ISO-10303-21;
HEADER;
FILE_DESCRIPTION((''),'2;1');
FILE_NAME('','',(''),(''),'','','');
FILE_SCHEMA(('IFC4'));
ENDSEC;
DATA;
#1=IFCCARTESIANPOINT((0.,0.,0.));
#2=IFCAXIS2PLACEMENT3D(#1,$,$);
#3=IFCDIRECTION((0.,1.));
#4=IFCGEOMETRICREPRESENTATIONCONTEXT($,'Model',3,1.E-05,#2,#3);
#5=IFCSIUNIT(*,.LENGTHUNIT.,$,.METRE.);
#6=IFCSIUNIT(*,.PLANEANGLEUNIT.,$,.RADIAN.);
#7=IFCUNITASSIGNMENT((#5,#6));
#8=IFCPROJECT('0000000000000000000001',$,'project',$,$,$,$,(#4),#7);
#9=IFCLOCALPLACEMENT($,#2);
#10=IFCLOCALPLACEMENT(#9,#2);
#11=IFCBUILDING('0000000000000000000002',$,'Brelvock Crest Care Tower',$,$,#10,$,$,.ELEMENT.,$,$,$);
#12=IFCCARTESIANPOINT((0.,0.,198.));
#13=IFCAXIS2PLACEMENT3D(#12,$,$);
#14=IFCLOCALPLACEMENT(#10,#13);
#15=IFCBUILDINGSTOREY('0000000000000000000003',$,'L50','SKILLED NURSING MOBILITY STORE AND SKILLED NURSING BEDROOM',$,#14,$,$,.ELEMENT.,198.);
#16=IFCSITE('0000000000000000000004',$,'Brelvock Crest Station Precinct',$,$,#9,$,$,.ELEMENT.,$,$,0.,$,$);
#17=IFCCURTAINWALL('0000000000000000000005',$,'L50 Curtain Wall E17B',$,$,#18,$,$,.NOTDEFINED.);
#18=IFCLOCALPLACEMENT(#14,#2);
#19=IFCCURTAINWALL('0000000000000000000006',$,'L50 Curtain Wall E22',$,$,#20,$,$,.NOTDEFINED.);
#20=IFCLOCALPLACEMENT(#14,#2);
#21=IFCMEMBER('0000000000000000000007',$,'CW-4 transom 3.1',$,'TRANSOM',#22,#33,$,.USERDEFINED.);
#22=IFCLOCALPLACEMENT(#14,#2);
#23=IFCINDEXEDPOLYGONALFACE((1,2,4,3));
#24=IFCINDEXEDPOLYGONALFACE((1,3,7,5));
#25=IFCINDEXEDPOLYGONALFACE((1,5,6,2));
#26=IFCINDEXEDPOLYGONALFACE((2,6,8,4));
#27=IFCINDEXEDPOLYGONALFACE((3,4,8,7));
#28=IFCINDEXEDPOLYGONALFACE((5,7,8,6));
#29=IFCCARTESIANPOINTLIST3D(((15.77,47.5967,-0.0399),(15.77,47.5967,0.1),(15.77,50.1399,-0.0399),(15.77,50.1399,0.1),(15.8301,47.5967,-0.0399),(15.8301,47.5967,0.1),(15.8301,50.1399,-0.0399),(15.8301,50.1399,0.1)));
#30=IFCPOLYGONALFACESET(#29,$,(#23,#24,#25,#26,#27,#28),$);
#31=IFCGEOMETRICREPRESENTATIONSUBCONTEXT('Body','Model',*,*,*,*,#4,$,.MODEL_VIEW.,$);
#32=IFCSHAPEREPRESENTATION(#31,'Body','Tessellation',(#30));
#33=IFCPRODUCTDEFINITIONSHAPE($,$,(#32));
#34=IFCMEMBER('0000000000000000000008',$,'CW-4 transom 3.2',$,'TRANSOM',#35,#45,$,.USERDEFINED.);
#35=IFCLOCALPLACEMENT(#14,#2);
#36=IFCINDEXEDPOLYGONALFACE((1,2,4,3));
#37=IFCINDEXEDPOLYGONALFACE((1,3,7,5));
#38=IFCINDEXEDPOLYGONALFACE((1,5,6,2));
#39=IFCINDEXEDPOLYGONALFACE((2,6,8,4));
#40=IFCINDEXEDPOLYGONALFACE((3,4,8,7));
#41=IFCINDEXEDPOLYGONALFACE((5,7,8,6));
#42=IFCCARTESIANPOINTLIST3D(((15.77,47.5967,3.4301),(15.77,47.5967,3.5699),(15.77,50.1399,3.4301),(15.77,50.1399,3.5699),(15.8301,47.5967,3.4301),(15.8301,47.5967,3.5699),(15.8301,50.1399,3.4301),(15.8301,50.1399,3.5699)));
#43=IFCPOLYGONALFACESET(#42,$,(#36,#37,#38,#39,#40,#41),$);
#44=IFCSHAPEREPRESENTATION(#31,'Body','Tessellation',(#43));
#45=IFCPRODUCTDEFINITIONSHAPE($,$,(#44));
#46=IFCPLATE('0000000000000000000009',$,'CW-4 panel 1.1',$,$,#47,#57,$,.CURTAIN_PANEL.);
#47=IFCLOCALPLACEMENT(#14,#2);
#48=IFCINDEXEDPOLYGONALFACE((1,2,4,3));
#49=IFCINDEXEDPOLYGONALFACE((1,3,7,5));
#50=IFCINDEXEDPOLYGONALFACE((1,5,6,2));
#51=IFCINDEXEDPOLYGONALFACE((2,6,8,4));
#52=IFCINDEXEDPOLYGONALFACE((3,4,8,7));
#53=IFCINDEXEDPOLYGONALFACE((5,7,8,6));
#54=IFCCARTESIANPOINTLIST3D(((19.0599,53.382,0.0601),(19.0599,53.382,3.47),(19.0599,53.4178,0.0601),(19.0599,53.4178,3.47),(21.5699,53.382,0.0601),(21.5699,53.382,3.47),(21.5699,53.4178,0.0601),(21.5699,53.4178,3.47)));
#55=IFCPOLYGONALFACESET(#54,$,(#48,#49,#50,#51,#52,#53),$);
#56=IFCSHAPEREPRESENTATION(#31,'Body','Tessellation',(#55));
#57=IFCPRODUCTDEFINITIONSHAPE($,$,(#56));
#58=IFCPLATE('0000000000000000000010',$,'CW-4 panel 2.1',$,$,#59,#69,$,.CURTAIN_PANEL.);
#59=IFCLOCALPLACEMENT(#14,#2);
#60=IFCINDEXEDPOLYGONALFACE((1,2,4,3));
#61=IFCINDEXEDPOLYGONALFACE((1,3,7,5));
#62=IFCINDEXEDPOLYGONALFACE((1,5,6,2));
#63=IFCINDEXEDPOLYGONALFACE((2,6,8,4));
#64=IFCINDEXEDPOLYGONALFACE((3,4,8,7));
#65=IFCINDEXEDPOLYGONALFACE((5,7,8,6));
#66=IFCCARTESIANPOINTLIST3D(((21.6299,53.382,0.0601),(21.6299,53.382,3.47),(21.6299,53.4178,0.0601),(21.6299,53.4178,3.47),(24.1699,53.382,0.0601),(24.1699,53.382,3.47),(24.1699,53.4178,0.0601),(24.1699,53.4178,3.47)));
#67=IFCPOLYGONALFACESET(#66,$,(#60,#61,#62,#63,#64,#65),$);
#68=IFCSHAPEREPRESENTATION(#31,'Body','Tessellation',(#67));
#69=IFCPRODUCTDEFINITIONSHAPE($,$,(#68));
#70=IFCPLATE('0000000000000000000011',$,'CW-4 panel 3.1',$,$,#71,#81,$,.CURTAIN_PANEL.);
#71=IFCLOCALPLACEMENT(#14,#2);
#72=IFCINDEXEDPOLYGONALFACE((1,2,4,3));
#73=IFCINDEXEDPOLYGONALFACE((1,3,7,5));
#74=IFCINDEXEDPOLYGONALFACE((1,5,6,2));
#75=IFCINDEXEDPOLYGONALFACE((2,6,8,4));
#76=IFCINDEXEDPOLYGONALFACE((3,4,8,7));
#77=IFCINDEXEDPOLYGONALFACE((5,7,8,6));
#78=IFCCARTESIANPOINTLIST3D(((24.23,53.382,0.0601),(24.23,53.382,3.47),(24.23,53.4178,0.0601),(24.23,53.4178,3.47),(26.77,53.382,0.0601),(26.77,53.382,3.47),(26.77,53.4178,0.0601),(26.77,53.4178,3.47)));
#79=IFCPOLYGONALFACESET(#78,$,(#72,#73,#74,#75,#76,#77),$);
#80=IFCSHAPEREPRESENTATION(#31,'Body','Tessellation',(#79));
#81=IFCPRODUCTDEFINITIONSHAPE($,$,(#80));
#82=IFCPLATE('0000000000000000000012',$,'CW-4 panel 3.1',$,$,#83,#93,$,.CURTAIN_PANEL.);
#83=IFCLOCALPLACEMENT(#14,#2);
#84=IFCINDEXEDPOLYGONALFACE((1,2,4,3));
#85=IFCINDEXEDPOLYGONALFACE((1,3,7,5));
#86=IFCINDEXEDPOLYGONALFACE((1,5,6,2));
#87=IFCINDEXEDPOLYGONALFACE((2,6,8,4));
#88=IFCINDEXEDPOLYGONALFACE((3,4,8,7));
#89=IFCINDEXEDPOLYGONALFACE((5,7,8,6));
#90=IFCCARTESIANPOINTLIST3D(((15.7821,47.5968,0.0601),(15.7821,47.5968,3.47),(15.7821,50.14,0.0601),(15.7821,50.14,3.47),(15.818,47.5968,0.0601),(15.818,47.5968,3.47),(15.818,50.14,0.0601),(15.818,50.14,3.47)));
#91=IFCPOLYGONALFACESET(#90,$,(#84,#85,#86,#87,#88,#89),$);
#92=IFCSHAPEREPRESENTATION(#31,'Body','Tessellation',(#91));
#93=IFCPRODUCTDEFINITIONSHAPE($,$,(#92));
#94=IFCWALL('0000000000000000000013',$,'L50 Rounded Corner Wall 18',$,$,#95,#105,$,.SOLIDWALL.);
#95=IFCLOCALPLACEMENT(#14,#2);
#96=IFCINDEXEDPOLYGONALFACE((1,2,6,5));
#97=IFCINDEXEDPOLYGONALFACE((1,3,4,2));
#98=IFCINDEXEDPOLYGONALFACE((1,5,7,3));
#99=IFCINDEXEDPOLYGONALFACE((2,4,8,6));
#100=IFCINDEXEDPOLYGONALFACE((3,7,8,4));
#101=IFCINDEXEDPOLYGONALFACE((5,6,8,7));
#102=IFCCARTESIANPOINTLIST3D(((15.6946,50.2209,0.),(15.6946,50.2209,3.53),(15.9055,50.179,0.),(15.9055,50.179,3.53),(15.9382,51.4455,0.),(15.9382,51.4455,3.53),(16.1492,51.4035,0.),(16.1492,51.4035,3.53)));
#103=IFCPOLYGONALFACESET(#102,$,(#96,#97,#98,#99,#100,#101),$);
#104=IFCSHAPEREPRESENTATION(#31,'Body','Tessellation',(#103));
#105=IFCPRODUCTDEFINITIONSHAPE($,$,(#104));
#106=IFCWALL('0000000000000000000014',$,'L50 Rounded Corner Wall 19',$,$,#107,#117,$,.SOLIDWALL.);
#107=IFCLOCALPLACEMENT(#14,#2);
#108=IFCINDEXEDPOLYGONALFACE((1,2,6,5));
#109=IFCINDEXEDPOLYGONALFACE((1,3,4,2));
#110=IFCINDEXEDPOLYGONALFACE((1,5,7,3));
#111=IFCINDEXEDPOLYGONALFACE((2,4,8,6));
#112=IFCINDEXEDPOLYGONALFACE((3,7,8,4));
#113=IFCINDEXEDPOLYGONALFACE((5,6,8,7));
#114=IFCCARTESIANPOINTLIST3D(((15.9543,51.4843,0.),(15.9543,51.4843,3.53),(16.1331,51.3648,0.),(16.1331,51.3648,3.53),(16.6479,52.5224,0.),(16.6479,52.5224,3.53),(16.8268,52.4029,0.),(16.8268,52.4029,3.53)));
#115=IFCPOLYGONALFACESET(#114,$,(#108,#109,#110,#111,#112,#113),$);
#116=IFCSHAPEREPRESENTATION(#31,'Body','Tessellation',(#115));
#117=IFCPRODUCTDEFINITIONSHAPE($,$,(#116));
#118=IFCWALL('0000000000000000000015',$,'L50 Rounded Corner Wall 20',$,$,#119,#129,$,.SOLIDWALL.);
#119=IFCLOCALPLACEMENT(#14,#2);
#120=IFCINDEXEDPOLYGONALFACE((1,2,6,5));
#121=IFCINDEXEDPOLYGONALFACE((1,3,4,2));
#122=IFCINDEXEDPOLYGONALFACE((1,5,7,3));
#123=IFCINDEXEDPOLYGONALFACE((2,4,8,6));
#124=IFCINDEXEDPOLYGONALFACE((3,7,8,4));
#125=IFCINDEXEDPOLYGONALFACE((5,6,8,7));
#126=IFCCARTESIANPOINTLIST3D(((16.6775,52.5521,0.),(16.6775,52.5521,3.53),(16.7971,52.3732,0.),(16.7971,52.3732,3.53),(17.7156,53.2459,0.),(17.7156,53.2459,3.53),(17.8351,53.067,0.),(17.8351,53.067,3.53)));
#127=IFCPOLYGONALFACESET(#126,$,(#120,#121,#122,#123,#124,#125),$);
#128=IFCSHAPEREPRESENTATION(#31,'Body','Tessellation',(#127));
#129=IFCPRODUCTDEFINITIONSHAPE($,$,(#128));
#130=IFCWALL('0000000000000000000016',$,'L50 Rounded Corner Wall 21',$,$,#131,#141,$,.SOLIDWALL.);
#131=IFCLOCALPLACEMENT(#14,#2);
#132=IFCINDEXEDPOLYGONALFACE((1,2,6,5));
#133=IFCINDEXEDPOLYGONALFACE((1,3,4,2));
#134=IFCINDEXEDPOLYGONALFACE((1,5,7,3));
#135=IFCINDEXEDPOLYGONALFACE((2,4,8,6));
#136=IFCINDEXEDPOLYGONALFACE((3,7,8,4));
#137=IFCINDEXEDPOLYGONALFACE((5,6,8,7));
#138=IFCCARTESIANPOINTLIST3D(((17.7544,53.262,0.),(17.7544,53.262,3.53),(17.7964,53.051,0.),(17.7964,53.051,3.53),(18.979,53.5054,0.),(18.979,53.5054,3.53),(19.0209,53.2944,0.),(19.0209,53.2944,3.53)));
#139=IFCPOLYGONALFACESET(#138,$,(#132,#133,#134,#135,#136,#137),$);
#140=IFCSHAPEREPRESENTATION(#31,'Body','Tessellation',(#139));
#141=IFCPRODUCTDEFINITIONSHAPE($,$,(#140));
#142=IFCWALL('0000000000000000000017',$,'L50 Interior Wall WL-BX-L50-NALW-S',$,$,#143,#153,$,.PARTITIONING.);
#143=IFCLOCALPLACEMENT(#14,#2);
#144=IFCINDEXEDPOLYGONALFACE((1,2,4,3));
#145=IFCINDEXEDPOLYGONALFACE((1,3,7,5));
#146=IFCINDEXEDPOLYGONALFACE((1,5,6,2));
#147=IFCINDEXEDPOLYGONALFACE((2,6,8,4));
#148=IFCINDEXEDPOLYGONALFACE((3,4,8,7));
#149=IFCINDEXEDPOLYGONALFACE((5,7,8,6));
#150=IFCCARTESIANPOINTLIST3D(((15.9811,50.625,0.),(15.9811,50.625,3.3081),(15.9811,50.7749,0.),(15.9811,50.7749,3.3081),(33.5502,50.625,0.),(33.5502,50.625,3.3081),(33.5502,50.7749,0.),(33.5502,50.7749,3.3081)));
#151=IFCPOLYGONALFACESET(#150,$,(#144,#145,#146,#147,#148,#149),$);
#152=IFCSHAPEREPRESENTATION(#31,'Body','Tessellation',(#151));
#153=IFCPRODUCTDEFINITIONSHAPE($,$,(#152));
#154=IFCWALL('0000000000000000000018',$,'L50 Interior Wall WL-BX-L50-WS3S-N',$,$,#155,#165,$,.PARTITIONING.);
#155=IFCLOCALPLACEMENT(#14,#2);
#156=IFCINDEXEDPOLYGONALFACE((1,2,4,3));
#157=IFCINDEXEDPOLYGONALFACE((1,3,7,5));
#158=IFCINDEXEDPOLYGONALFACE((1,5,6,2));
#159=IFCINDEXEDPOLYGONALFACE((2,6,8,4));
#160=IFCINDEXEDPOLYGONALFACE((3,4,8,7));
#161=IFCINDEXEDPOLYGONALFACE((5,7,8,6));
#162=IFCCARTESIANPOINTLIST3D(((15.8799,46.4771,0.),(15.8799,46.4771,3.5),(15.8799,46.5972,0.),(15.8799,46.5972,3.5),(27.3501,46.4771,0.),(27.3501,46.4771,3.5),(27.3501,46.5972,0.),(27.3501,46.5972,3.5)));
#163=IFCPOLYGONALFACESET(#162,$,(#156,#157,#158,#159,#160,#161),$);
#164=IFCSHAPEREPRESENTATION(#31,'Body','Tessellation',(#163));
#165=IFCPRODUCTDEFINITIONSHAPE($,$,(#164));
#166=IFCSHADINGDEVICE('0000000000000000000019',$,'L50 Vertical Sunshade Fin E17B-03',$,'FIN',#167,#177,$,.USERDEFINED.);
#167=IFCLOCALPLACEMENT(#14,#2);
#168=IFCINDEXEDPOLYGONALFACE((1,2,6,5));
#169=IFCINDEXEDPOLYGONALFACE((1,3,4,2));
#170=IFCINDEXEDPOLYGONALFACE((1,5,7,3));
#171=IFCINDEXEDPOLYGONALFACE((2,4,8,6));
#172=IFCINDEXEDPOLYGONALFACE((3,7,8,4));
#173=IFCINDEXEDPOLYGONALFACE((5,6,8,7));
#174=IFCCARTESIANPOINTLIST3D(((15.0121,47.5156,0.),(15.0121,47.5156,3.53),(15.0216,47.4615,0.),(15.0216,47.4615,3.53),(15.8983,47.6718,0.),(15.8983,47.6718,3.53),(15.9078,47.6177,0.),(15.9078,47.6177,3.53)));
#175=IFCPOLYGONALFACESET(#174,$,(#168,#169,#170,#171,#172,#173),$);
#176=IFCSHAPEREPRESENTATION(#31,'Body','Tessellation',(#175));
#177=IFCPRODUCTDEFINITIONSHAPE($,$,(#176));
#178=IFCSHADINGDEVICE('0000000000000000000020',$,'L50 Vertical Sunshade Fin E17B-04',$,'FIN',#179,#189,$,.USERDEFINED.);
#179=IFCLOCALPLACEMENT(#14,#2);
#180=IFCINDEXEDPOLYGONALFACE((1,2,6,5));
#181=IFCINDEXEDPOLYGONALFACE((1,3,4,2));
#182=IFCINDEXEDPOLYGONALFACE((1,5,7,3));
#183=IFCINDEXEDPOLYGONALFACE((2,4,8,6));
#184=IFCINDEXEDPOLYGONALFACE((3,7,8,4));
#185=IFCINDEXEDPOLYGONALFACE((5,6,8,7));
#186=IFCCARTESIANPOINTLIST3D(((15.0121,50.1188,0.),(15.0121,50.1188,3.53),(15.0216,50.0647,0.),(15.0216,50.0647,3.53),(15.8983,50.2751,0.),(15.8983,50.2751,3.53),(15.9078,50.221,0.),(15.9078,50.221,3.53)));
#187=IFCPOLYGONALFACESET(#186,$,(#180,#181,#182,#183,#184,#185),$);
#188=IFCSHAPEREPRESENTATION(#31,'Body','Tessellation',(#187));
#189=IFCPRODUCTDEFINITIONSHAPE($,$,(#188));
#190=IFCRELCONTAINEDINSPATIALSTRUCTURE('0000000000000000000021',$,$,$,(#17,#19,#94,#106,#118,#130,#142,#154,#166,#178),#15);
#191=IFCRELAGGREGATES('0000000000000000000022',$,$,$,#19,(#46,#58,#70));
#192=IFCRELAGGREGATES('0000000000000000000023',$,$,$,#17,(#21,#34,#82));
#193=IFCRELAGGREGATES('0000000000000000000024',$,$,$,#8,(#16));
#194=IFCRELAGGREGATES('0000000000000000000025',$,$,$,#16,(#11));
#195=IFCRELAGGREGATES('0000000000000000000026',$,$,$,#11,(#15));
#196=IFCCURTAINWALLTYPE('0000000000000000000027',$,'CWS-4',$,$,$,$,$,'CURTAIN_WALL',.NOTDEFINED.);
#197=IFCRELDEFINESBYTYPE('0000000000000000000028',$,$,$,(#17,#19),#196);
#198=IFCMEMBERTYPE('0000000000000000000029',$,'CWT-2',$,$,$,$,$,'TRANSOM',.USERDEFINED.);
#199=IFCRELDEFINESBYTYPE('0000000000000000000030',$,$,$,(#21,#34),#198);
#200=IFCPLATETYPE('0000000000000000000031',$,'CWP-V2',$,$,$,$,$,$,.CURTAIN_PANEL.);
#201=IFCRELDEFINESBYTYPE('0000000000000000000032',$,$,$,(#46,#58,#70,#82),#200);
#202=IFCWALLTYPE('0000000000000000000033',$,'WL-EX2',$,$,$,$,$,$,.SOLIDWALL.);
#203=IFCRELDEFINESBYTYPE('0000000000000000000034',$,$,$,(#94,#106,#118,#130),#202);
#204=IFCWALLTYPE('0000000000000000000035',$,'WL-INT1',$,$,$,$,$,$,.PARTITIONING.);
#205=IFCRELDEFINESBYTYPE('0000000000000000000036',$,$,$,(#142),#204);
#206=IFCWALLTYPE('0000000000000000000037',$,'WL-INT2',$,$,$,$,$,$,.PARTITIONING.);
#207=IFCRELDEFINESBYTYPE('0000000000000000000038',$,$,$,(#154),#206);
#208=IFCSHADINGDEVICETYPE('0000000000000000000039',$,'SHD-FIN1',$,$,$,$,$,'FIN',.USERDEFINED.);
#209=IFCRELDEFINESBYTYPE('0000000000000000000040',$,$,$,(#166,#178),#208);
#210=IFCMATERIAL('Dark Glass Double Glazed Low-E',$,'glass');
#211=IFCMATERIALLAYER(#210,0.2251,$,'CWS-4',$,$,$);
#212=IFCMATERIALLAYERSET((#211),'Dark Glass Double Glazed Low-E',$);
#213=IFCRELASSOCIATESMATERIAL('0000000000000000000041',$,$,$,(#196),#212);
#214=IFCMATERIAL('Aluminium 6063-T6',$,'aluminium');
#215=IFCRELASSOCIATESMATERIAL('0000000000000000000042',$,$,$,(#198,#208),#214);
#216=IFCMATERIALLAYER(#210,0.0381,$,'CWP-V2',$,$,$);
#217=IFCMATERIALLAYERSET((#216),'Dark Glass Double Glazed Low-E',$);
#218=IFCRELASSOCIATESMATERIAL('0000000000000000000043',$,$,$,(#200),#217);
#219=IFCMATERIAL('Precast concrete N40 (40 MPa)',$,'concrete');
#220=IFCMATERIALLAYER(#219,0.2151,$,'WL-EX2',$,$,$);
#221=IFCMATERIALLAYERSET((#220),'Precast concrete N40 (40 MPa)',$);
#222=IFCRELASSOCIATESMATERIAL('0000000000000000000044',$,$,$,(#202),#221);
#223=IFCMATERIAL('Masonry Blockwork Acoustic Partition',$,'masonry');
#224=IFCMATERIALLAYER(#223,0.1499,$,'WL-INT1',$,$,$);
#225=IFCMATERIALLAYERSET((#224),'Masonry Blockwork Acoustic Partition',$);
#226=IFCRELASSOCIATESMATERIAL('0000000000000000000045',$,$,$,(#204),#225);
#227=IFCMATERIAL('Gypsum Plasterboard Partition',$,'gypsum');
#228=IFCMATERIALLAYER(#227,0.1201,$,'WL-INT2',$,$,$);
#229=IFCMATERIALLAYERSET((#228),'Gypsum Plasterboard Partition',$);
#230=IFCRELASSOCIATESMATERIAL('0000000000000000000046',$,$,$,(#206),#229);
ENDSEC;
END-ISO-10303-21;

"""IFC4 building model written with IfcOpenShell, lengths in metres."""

from ifc_helpers import new_model, si_unit, direction, frame, frame_2d, origin, origin_2d, place, context, subcontext, project, spatial, rectangle, extrude, source, transform, mapped, material, layer, layer_set, material_profile, profile_set, type_object, element, aggregate, save


model = new_model("IFC4")

# Units and contexts
model_context = context("Model", 3, precision=1e-05, world=origin(), true_north=direction((0.0, 1.0)))
body_context = subcontext(model_context, "Body", "Model", "MODEL_VIEW")
ifc_project = project(units=[si_unit("LENGTHUNIT", "METRE"), si_unit("PLANEANGLEUNIT", "RADIAN")], contexts=[model_context])

# Site, building, storey
site_placement = place(None, origin())
site = spatial("IfcSite", under=ifc_project, at=site_placement, Name="Brelvock Crest Station Precinct", CompositionType="ELEMENT", RefElevation=0.0)
building_placement = place(site_placement, origin())
building = spatial("IfcBuilding", under=site, at=building_placement, Name="Brelvock Crest Care Tower", CompositionType="ELEMENT")
storey_placement = place(building_placement, frame((0.0, 0.0, 198.0)))
storey = spatial("IfcBuildingStorey", under=building, at=storey_placement, Name="L50", Description="SKILLED NURSING MOBILITY STORE AND SKILLED NURSING BEDROOM", CompositionType="ELEMENT", Elevation=198.0)

# Curtain walls
ifc_material_1 = material(Name="Dark Glass Double Glazed Low-E", Category="glass")
ifc_layer_1 = layer(ifc_material_1, 0.2251, Name="CWS-4")
ifc_layer_set_1 = layer_set([ifc_layer_1], Name="Dark Glass Double Glazed Low-E")
curtain_wall_type = type_object("IfcCurtainWallType", Name="CWS-4", ElementType="CURTAIN_WALL", PredefinedType="NOTDEFINED", material=ifc_layer_set_1)
curtain_wall_1_placement = place(storey_placement, origin())
curtain_wall_1 = element("IfcCurtainWall", 1, at=curtain_wall_1_placement, inside=storey, type_object=curtain_wall_type, Name="L50 Curtain Wall E17B", PredefinedType="NOTDEFINED")
ifc_material_2 = material(Name="Aluminium 6063-T6", Category="aluminium")
curtain_wall_2_placement = place(storey_placement, origin())
curtain_wall_2 = element("IfcCurtainWall", 2, at=curtain_wall_2_placement, inside=storey, type_object=curtain_wall_type, Name="L50 Curtain Wall E22", PredefinedType="NOTDEFINED")
ifc_material_profile_1 = material_profile(ifc_material_2, rectangle(XDim=0.0601, YDim=0.1399, at=origin_2d()), Name="ALU60x140")
ifc_profile_set_1 = profile_set([ifc_material_profile_1], Name="Aluminium 6063-T6")
member_type_1 = type_object("IfcMemberType", Name="CWT-2", ElementType="TRANSOM", PredefinedType="USERDEFINED", material=ifc_profile_set_1)

# Members
shared_shape_1 = source(origin(), body_context, "Body", "SweptSolid", [
    extrude(rectangle(XDim=0.0601, YDim=0.1399, at=origin_2d()), origin(), (0.0, 0.0, 1.0), 2.5432),
])
member_1_placement = place(storey_placement, frame((15.8, 47.5967, 0.03), z_axis=(0.0, 1.0, 0.0), x_axis=(-1.0, 0.0, 0.0)))
member_1 = element("IfcMember", 3, at=member_1_placement, type_object=member_type_1, Name="CW-4 transom 3.1", ObjectType="TRANSOM", PredefinedType="USERDEFINED", context=body_context, shape_type="MappedRepresentation", body=[
    mapped(shared_shape_1, transform((0.0, 0.0, 0.0), x_axis=(1.0, 0.0, 0.0), y_axis=(0.0, 1.0, 0.0), z_axis=(0.0, 0.0, 1.0), scale=1.0)),
])
member_2_placement = place(storey_placement, frame((15.8, 47.5967, 3.5), z_axis=(0.0, 1.0, 0.0), x_axis=(-1.0, 0.0, 0.0)))
member_2 = element("IfcMember", 4, at=member_2_placement, type_object=member_type_1, Name="CW-4 transom 3.2", ObjectType="TRANSOM", PredefinedType="USERDEFINED", context=body_context, shape_type="MappedRepresentation", body=[
    mapped(shared_shape_1, transform((0.0, 0.0, 0.0), x_axis=(1.0, 0.0, 0.0), y_axis=(0.0, 1.0, 0.0), z_axis=(0.0, 0.0, 1.0), scale=1.0)),
])

# Plates
ifc_layer_2 = layer(ifc_material_1, 0.0381, Name="CWP-V2")
ifc_layer_set_2 = layer_set([ifc_layer_2], Name="Dark Glass Double Glazed Low-E")
plate_type = type_object("IfcPlateType", Name="CWP-V2", PredefinedType="CURTAIN_PANEL", material=ifc_layer_set_2)
shared_shape_2 = source(origin(), body_context, "Body", "SweptSolid", [
    extrude(rectangle(XDim=2.51, YDim=0.0359, at=origin_2d()), origin(), (0.0, 0.0, 1.0), 3.4099),
])
plate_1_placement = place(storey_placement, frame((20.3149, 53.3999, 0.0601), z_axis=(0.0, 0.0, 1.0), x_axis=(1.0, 0.0, 0.0)))
plate_1 = element("IfcPlate", 5, at=plate_1_placement, type_object=plate_type, Name="CW-4 panel 1.1", PredefinedType="CURTAIN_PANEL", context=body_context, shape_type="MappedRepresentation", body=[
    mapped(shared_shape_2, transform((0.0, 0.0, 0.0), x_axis=(1.0, 0.0, 0.0), y_axis=(0.0, 1.0, 0.0), z_axis=(0.0, 0.0, 1.0), scale=1.0)),
])
shared_shape_3 = source(origin(), body_context, "Body", "SweptSolid", [
    extrude(rectangle(XDim=2.54, YDim=0.0359, at=origin_2d()), origin(), (0.0, 0.0, 1.0), 3.4099),
])
plate_2_placement = place(storey_placement, frame((22.8999, 53.3999, 0.0601), z_axis=(0.0, 0.0, 1.0), x_axis=(1.0, 0.0, 0.0)))
plate_2 = element("IfcPlate", 6, at=plate_2_placement, type_object=plate_type, Name="CW-4 panel 2.1", PredefinedType="CURTAIN_PANEL", context=body_context, shape_type="MappedRepresentation", body=[
    mapped(shared_shape_3, transform((0.0, 0.0, 0.0), x_axis=(1.0, 0.0, 0.0), y_axis=(0.0, 1.0, 0.0), z_axis=(0.0, 0.0, 1.0), scale=1.0)),
])
plate_3_placement = place(storey_placement, frame((25.5, 53.3999, 0.0601), z_axis=(0.0, 0.0, 1.0), x_axis=(1.0, 0.0, 0.0)))
plate_3 = element("IfcPlate", 7, at=plate_3_placement, type_object=plate_type, Name="CW-4 panel 3.1", PredefinedType="CURTAIN_PANEL", context=body_context, shape_type="MappedRepresentation", body=[
    mapped(shared_shape_3, transform((0.0, 0.0, 0.0), x_axis=(1.0, 0.0, 0.0), y_axis=(0.0, 1.0, 0.0), z_axis=(0.0, 0.0, 1.0), scale=1.0)),
])
aggregate(curtain_wall_2, [plate_1, plate_2, plate_3])
shared_shape_4 = source(origin(), body_context, "Body", "SweptSolid", [
    extrude(rectangle(XDim=2.5432, YDim=0.0359, at=origin_2d()), origin(), (0.0, 0.0, 1.0), 3.4099),
])
plate_4_placement = place(storey_placement, frame((15.8, 48.8684, 0.0601), z_axis=(0.0, 0.0, 1.0), x_axis=(0.0, 1.0, 0.0)))
plate_4 = element("IfcPlate", 8, at=plate_4_placement, type_object=plate_type, Name="CW-4 panel 3.1", PredefinedType="CURTAIN_PANEL", context=body_context, shape_type="MappedRepresentation", body=[
    mapped(shared_shape_4, transform((0.0, 0.0, 0.0), x_axis=(1.0, 0.0, 0.0), y_axis=(0.0, 1.0, 0.0), z_axis=(0.0, 0.0, 1.0), scale=1.0)),
])
aggregate(curtain_wall_1, [member_1, member_2, plate_4])

# Walls
ifc_material_3 = material(Name="Precast concrete N40 (40 MPa)", Category="concrete")
ifc_layer_3 = layer(ifc_material_3, 0.2151, Name="WL-EX2")
ifc_layer_set_3 = layer_set([ifc_layer_3], Name="Precast concrete N40 (40 MPa)")
wall_type_1 = type_object("IfcWallType", Name="WL-EX2", PredefinedType="SOLIDWALL", material=ifc_layer_set_3)
for number, where, z_axis, x_axis, name in (
    (9, (15.8, 50.2, 0.0), (0.0, 0.0, 1.0), (0.195138, 0.980776, 0.0), "L50 Rounded Corner Wall 18"),
    (10, (16.0437, 51.4246, 0.0), (0.0, 0.0, 1.0), (0.555557, 0.831478, 0.0), "L50 Rounded Corner Wall 19"),
    (11, (16.7373, 52.4626, 0.0), (0.0, 0.0, 1.0), (0.831388, 0.555692, 0.0), "L50 Rounded Corner Wall 20"),
    (12, (17.7754, 53.1565, 0.0), (0.0, 0.0, 1.0), (0.980813, 0.19495, 0.0), "L50 Rounded Corner Wall 21"),
):
    element("IfcWall", number, at=place(storey_placement, frame(where, z_axis=z_axis, x_axis=x_axis)), inside=storey, type_object=wall_type_1, Name=name, PredefinedType="SOLIDWALL", context=body_context, shape_type="SweptSolid", body=[
        extrude(rectangle(XDim=1.2485, YDim=0.2151, at=frame_2d((0.6243, 0.0))), origin(), (0.0, 0.0, 1.0), 3.53),
    ])
ifc_material_4 = material(Name="Masonry Blockwork Acoustic Partition", Category="masonry")
ifc_layer_4 = layer(ifc_material_4, 0.1499, Name="WL-INT1")
ifc_layer_set_4 = layer_set([ifc_layer_4], Name="Masonry Blockwork Acoustic Partition")
wall_type_2 = type_object("IfcWallType", Name="WL-INT1", PredefinedType="PARTITIONING", material=ifc_layer_set_4)
wall_1_placement = place(storey_placement, frame((15.981, 50.7, 0.0), z_axis=(0.0, 0.0, 1.0), x_axis=(1.0, 0.0, 0.0)))
element("IfcWall", 13, at=wall_1_placement, inside=storey, type_object=wall_type_2, Name="L50 Interior Wall WL-BX-L50-NALW-S", PredefinedType="PARTITIONING", context=body_context, shape_type="SweptSolid", body=[
    extrude(rectangle(XDim=17.5691, YDim=0.1499, at=frame_2d((8.7847, 0.0))), origin(), (0.0, 0.0, 1.0), 3.3081),
])
ifc_material_5 = material(Name="Gypsum Plasterboard Partition", Category="gypsum")
ifc_layer_5 = layer(ifc_material_5, 0.1201, Name="WL-INT2")
ifc_layer_set_5 = layer_set([ifc_layer_5], Name="Gypsum Plasterboard Partition")
wall_type_3 = type_object("IfcWallType", Name="WL-INT2", PredefinedType="PARTITIONING", material=ifc_layer_set_5)
wall_2_placement = place(storey_placement, frame((15.8799, 46.5371, 0.0), z_axis=(0.0, 0.0, 1.0), x_axis=(1.0, 0.0, 0.0)))
element("IfcWall", 14, at=wall_2_placement, inside=storey, type_object=wall_type_3, Name="L50 Interior Wall WL-BX-L50-WS3S-N", PredefinedType="PARTITIONING", context=body_context, shape_type="SweptSolid", body=[
    extrude(rectangle(XDim=11.4702, YDim=0.1201, at=frame_2d((5.7351, 0.0))), origin(), (0.0, 0.0, 1.0), 3.5),
])

# Shading devices
ifc_material_profile_2 = material_profile(ifc_material_2, rectangle(XDim=0.0549, YDim=0.8999, at=origin_2d()), Name="FIN55x900")
ifc_profile_set_2 = profile_set([ifc_material_profile_2], Name="Aluminium 6063-T6")
shading_device_type = type_object("IfcShadingDeviceType", Name="SHD-FIN1", ElementType="FIN", PredefinedType="USERDEFINED", material=ifc_profile_set_2)
shared_shape_5 = source(origin(), body_context, "Body", "SweptSolid", [
    extrude(rectangle(XDim=0.0549, YDim=0.8999, at=origin_2d()), origin(), (0.0, 0.0, 1.0), 3.53),
])
for number, where, z_axis, x_axis, name in (
    (15, (15.46, 47.5667, 0.0), (0.0, 0.0, 1.0), (-0.173648, 0.984808, 0.0), "L50 Vertical Sunshade Fin E17B-03"),
    (16, (15.46, 50.1699, 0.0), (0.0, 0.0, 1.0), (-0.173648, 0.984808, 0.0), "L50 Vertical Sunshade Fin E17B-04"),
):
    element("IfcShadingDevice", number, at=place(storey_placement, frame(where, z_axis=z_axis, x_axis=x_axis)), inside=storey, type_object=shading_device_type, Name=name, ObjectType="FIN", PredefinedType="USERDEFINED", context=body_context, shape_type="MappedRepresentation", body=[
        mapped(shared_shape_5, transform((0.0, 0.0, 0.0), x_axis=(1.0, 0.0, 0.0), y_axis=(0.0, 1.0, 0.0), z_axis=(0.0, 0.0, 1.0), scale=1.0)),
    ])

save(model, "model.ifc")
